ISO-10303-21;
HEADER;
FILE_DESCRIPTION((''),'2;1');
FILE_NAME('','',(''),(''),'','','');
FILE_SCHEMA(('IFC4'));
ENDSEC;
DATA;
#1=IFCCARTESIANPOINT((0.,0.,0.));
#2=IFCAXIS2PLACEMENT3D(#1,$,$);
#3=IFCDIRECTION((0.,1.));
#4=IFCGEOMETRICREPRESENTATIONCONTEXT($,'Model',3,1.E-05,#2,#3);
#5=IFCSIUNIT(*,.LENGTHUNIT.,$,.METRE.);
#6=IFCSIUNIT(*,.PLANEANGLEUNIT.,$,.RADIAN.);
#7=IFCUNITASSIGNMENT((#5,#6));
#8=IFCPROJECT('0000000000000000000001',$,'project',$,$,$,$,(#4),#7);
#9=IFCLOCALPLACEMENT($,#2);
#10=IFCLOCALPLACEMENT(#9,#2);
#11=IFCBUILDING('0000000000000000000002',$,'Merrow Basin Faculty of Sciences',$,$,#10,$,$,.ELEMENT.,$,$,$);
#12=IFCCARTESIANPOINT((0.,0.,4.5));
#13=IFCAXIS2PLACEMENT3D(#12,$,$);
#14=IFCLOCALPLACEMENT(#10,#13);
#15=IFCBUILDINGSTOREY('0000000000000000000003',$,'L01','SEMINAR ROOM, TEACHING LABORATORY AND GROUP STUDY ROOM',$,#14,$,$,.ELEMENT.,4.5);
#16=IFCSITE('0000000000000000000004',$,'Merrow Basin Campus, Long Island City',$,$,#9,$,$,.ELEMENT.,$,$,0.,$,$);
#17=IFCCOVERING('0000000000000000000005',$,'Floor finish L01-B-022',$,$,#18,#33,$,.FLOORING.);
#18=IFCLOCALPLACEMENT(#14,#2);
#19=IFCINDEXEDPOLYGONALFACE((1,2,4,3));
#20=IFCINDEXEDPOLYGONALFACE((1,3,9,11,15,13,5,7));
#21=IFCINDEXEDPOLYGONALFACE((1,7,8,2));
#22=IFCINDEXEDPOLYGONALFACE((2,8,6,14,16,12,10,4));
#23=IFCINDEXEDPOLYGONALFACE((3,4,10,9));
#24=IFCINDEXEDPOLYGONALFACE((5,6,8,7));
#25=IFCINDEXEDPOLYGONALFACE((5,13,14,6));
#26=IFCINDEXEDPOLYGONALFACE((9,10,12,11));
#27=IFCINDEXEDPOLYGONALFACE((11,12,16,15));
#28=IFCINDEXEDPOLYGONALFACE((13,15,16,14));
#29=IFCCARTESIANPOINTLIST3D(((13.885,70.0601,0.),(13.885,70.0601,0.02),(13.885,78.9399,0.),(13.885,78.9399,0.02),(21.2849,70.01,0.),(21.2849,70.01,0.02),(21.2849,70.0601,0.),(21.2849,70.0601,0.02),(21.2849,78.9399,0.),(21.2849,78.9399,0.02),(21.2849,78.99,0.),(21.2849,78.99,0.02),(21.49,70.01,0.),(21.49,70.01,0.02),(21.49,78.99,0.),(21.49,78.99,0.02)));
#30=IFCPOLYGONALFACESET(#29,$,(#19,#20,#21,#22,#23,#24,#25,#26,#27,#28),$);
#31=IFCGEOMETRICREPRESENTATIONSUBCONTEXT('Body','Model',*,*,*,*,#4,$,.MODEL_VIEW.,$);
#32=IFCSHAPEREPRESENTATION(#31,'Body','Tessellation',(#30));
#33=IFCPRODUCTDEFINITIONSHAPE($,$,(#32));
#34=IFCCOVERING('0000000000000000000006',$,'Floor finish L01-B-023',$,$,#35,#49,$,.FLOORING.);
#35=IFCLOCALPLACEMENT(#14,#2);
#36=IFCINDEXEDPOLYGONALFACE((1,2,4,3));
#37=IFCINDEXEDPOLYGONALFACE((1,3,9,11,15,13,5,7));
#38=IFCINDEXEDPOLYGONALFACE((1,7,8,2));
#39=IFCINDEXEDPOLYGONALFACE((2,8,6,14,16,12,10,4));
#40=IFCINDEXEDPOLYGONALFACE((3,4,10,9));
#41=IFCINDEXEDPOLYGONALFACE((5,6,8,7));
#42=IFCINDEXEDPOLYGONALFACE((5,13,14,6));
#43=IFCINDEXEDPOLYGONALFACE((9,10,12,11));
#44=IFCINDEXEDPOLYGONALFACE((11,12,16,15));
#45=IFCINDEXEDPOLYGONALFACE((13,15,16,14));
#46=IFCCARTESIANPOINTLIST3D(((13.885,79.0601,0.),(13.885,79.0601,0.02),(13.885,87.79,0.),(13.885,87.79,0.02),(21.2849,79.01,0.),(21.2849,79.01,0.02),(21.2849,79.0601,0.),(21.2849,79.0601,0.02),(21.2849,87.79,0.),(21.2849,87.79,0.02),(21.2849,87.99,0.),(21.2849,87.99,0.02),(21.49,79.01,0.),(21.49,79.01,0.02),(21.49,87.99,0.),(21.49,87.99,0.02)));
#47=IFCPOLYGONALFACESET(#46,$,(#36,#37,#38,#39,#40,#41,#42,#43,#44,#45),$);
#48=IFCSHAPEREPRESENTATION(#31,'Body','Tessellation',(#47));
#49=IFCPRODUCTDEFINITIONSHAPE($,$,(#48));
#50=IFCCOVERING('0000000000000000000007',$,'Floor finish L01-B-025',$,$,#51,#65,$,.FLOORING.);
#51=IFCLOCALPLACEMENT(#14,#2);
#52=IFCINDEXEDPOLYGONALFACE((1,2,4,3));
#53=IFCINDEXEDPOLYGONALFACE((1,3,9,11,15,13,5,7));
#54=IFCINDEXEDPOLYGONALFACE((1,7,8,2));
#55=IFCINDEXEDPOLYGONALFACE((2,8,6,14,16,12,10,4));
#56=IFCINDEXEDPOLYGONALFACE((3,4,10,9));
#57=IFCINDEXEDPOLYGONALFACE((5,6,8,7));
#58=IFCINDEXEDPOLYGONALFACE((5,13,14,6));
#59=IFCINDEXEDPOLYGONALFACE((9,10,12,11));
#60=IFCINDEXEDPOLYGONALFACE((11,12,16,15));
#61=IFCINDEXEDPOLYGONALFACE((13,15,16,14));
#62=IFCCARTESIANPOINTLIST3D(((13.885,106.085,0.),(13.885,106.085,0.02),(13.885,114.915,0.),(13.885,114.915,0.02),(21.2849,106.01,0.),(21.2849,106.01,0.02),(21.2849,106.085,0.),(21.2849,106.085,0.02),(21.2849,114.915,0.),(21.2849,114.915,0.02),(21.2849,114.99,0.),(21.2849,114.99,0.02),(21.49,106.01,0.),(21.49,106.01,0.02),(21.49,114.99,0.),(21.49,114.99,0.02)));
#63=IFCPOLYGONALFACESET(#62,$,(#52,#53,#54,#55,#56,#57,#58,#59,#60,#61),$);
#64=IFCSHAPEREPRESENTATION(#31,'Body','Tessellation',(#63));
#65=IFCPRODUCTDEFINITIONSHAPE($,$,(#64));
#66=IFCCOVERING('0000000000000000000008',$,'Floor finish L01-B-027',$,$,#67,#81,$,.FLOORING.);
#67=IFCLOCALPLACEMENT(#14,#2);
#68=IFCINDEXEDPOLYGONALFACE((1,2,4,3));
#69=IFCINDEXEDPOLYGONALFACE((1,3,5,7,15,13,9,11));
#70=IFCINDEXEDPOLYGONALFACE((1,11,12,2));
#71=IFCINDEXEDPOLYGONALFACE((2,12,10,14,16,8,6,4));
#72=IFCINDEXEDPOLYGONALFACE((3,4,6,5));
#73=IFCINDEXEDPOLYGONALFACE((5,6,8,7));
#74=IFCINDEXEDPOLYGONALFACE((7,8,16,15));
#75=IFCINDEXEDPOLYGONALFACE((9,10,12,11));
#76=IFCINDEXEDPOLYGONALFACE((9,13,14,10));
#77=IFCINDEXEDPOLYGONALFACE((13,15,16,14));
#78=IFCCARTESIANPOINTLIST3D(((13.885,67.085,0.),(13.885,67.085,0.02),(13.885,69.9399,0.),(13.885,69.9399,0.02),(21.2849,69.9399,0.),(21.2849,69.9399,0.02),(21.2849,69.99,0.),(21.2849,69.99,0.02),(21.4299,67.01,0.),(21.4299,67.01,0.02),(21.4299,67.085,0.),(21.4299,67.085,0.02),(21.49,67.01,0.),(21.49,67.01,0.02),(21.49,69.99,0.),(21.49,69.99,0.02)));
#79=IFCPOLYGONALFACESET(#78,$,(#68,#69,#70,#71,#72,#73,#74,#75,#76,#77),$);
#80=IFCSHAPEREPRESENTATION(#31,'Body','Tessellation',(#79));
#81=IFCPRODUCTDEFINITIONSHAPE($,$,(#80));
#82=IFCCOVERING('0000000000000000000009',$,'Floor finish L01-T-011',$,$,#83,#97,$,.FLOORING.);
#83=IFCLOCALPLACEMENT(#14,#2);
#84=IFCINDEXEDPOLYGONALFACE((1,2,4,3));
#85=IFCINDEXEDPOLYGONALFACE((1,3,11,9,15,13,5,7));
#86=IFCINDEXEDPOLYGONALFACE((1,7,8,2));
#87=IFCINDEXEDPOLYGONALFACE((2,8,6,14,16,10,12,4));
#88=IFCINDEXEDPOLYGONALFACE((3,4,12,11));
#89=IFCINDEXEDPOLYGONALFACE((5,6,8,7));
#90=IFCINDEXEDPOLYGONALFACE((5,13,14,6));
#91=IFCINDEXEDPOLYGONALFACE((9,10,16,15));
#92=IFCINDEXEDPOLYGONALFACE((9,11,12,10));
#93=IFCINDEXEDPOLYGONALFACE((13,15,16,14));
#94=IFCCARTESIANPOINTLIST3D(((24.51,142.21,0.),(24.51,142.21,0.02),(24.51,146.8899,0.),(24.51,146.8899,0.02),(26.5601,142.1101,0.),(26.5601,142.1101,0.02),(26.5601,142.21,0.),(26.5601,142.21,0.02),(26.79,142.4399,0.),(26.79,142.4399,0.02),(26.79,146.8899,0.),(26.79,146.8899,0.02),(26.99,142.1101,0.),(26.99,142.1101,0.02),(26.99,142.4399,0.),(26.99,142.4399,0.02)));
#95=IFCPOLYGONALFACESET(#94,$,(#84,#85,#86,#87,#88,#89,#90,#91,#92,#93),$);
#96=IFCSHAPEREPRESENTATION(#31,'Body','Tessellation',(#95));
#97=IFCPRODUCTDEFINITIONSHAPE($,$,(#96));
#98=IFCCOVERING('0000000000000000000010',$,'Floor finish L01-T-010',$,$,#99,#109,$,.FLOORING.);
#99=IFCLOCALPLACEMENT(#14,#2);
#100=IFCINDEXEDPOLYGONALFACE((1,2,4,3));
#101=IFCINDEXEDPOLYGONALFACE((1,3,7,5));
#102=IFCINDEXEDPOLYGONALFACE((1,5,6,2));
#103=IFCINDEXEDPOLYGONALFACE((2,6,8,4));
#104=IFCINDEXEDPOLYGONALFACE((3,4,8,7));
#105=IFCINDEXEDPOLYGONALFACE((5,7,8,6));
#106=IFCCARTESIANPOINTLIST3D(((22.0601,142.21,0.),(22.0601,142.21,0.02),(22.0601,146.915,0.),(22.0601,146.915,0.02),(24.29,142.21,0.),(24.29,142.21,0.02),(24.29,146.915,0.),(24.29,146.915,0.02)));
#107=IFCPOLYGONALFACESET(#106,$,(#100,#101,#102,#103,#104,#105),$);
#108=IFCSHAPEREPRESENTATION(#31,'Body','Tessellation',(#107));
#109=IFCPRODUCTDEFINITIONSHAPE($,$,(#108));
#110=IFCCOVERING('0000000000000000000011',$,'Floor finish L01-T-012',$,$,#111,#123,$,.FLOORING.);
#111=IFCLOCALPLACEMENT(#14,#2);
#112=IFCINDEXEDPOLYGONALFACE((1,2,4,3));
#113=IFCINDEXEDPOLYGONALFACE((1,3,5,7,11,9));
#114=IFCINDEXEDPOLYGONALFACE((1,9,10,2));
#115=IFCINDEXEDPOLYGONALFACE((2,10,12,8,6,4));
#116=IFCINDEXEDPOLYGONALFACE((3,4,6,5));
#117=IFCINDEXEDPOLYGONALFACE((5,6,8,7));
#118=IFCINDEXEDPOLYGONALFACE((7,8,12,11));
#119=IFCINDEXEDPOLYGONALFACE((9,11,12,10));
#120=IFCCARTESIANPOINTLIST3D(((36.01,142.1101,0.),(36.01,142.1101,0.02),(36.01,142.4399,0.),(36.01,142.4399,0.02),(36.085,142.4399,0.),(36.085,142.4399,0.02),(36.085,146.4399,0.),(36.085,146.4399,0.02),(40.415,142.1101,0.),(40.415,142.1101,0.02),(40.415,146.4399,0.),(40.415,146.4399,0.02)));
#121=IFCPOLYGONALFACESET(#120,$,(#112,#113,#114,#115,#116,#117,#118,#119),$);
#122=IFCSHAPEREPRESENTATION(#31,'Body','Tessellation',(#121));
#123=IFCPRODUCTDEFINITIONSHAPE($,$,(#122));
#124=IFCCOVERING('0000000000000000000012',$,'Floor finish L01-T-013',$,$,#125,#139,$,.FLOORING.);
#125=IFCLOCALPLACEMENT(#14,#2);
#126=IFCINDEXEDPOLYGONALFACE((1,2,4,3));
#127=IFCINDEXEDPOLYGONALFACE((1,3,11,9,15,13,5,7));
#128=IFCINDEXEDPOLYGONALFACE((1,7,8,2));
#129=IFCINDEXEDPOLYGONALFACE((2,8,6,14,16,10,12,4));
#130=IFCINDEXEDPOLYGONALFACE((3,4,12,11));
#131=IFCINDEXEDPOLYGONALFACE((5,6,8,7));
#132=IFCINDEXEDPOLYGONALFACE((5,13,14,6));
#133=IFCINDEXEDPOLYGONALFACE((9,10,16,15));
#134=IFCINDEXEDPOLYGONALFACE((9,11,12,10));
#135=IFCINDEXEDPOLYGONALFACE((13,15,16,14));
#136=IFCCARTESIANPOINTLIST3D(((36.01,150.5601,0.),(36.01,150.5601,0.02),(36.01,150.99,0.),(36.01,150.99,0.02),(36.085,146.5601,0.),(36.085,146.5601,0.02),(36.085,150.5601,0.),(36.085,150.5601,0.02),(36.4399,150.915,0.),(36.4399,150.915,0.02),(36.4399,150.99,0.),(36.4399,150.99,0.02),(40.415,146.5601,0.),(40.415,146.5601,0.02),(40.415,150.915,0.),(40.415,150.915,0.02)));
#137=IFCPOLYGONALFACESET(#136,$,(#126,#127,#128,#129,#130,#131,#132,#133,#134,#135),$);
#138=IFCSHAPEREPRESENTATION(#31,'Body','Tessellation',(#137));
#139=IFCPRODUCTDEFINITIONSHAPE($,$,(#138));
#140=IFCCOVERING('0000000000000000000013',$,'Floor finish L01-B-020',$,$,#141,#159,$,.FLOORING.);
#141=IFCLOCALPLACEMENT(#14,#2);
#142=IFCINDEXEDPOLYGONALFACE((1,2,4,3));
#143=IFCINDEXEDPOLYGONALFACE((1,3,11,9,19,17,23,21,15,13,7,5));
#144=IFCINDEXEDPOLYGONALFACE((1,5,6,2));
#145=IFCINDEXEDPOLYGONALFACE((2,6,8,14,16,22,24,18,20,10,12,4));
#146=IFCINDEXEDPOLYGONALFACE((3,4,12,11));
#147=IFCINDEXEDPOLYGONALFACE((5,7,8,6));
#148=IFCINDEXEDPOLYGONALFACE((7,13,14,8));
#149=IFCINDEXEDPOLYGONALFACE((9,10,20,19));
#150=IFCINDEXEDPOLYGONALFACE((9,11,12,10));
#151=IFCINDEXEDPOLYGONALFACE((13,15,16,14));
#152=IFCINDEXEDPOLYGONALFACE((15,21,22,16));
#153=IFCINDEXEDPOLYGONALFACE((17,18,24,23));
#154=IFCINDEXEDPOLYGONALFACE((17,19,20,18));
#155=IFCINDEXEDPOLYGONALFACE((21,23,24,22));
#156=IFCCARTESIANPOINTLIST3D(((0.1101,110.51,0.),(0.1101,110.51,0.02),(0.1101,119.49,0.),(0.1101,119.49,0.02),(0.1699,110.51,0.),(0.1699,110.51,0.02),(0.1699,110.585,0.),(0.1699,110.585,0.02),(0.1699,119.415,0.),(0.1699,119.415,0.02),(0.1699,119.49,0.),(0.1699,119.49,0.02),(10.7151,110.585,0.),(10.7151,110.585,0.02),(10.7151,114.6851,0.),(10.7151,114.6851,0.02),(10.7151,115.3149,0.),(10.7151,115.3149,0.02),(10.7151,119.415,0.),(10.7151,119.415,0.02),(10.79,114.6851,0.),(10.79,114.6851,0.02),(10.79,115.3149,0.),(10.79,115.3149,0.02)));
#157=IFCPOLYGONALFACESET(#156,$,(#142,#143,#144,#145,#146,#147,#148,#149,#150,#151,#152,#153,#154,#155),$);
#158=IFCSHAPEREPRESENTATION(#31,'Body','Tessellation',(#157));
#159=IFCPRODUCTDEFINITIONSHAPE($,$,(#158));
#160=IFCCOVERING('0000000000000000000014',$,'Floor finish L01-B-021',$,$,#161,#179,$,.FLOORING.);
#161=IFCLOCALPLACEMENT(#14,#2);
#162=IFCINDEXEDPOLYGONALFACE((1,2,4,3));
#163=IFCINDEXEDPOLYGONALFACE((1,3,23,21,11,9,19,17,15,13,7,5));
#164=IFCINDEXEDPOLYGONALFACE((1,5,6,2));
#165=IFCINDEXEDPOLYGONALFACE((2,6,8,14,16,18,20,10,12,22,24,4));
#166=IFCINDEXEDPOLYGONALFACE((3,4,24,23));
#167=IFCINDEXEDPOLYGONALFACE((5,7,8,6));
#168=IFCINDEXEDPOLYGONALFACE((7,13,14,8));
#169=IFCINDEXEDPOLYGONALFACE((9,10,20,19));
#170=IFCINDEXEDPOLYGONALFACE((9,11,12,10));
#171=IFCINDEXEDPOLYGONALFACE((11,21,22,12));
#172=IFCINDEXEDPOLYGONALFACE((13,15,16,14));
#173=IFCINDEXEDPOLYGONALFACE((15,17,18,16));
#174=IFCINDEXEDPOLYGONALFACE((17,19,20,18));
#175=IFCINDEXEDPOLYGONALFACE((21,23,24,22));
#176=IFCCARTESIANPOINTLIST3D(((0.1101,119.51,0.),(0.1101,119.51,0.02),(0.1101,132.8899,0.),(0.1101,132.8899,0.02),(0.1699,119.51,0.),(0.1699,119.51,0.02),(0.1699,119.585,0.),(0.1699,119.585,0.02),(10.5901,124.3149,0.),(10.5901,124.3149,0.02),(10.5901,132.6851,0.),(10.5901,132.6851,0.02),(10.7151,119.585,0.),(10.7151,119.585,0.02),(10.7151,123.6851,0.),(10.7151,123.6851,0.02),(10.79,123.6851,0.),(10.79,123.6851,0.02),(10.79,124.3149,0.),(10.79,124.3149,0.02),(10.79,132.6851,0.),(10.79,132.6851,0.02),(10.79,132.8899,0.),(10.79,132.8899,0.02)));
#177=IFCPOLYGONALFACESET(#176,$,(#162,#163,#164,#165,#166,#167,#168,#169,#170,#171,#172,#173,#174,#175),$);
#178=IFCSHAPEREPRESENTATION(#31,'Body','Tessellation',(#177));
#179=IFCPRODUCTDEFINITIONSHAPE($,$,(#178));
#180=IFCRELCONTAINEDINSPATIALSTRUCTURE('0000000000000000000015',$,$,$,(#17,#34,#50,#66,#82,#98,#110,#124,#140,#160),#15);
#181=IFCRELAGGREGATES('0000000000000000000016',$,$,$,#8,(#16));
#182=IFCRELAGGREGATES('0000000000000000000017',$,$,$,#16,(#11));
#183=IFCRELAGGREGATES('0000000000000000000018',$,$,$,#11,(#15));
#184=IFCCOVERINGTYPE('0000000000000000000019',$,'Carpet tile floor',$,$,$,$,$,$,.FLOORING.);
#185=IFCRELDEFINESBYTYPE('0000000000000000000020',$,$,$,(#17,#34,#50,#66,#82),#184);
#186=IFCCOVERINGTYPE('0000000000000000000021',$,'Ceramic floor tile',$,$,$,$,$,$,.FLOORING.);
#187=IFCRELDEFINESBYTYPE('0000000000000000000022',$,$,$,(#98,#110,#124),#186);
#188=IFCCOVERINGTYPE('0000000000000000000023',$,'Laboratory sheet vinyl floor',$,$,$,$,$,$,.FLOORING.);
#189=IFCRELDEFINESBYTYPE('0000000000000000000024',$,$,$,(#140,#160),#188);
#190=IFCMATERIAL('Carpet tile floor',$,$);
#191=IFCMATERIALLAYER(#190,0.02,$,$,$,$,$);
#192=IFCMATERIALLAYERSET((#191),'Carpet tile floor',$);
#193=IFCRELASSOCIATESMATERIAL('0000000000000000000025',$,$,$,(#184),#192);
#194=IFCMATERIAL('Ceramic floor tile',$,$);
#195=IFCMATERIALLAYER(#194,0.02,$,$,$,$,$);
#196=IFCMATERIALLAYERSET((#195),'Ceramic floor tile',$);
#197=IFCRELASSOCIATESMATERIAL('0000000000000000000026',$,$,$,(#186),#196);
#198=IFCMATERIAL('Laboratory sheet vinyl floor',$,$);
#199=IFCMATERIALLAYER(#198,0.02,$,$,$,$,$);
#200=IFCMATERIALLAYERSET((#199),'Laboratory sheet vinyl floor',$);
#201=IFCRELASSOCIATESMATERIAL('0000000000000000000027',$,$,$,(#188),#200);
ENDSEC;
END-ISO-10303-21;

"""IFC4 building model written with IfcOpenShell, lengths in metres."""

from ifc_helpers import new_model, si_unit, direction, frame, origin, place, context, subcontext, project, spatial, polyline, outline, extrude, material, layer, layer_set, type_object, element, save


model = new_model("IFC4")

# Units and contexts
model_context = context("Model", 3, precision=1e-05, world=origin(), true_north=direction((0.0, 1.0)))
body_context = subcontext(model_context, "Body", "Model", "MODEL_VIEW")
ifc_project = project(units=[si_unit("LENGTHUNIT", "METRE"), si_unit("PLANEANGLEUNIT", "RADIAN")], contexts=[model_context])

# Site, building, storey
site_placement = place(None, origin())
site = spatial("IfcSite", under=ifc_project, at=site_placement, Name="Merrow Basin Campus, Long Island City", CompositionType="ELEMENT", RefElevation=0.0)
building_placement = place(site_placement, origin())
building = spatial("IfcBuilding", under=site, at=building_placement, Name="Merrow Basin Faculty of Sciences", CompositionType="ELEMENT")
storey_placement = place(building_placement, frame((0.0, 0.0, 4.5)))
storey = spatial("IfcBuildingStorey", under=building, at=storey_placement, Name="L01", Description="SEMINAR ROOM, TEACHING LABORATORY AND GROUP STUDY ROOM", CompositionType="ELEMENT", Elevation=4.5)

# Coverings
ifc_material_1 = material(Name="Carpet tile floor")
ifc_layer_1 = layer(ifc_material_1, 0.02)
ifc_layer_set_1 = layer_set([ifc_layer_1], Name="Carpet tile floor")
covering_type_1 = type_object("IfcCoveringType", Name="Carpet tile floor", PredefinedType="FLOORING", material=ifc_layer_set_1)
covering_1_placement = place(storey_placement, origin())
element("IfcCovering", 1, at=covering_1_placement, inside=storey, type_object=covering_type_1, Name="Floor finish L01-B-022", PredefinedType="FLOORING", context=body_context, shape_type="SweptSolid", body=[
    extrude(outline(polyline([(21.49, 78.99), (21.49, 70.01), (21.2849, 70.01), (21.2849, 70.0601), (13.885, 70.0601), (13.885, 78.9399), (21.2849, 78.9399), (21.2849, 78.99), (21.49, 78.99)])), origin(), (0.0, 0.0, 1.0), 0.02),
])
covering_2_placement = place(storey_placement, origin())
element("IfcCovering", 2, at=covering_2_placement, inside=storey, type_object=covering_type_1, Name="Floor finish L01-B-023", PredefinedType="FLOORING", context=body_context, shape_type="SweptSolid", body=[
    extrude(outline(polyline([(21.49, 87.99), (21.49, 79.01), (21.2849, 79.01), (21.2849, 79.0601), (13.885, 79.0601), (13.885, 87.79), (21.2849, 87.79), (21.2849, 87.99), (21.49, 87.99)])), origin(), (0.0, 0.0, 1.0), 0.02),
])
covering_3_placement = place(storey_placement, origin())
element("IfcCovering", 3, at=covering_3_placement, inside=storey, type_object=covering_type_1, Name="Floor finish L01-B-025", PredefinedType="FLOORING", context=body_context, shape_type="SweptSolid", body=[
    extrude(outline(polyline([(21.49, 114.99), (21.49, 106.01), (21.2849, 106.01), (21.2849, 106.085), (13.885, 106.085), (13.885, 114.915), (21.2849, 114.915), (21.2849, 114.99), (21.49, 114.99)])), origin(), (0.0, 0.0, 1.0), 0.02),
])
covering_4_placement = place(storey_placement, origin())
element("IfcCovering", 4, at=covering_4_placement, inside=storey, type_object=covering_type_1, Name="Floor finish L01-B-027", PredefinedType="FLOORING", context=body_context, shape_type="SweptSolid", body=[
    extrude(outline(polyline([(21.49, 69.99), (21.49, 67.01), (21.4299, 67.01), (21.4299, 67.085), (13.885, 67.085), (13.885, 69.9399), (21.2849, 69.9399), (21.2849, 69.99), (21.49, 69.99)])), origin(), (0.0, 0.0, 1.0), 0.02),
])
covering_5_placement = place(storey_placement, origin())
element("IfcCovering", 5, at=covering_5_placement, inside=storey, type_object=covering_type_1, Name="Floor finish L01-T-011", PredefinedType="FLOORING", context=body_context, shape_type="SweptSolid", body=[
    extrude(outline(polyline([(26.99, 142.1101), (26.5601, 142.1101), (26.5601, 142.21), (24.51, 142.21), (24.51, 146.8899), (26.79, 146.8899), (26.79, 142.4399), (26.99, 142.4399), (26.99, 142.1101)])), origin(), (0.0, 0.0, 1.0), 0.02),
])
ifc_material_2 = material(Name="Ceramic floor tile")
ifc_layer_2 = layer(ifc_material_2, 0.02)
ifc_layer_set_2 = layer_set([ifc_layer_2], Name="Ceramic floor tile")
covering_type_2 = type_object("IfcCoveringType", Name="Ceramic floor tile", PredefinedType="FLOORING", material=ifc_layer_set_2)
covering_6_placement = place(storey_placement, origin())
element("IfcCovering", 6, at=covering_6_placement, inside=storey, type_object=covering_type_2, Name="Floor finish L01-T-010", PredefinedType="FLOORING", context=body_context, shape_type="SweptSolid", body=[
    extrude(outline(polyline([(24.29, 146.915), (24.29, 142.21), (22.0601, 142.21), (22.0601, 146.915), (24.29, 146.915)])), origin(), (0.0, 0.0, 1.0), 0.02),
])
covering_7_placement = place(storey_placement, origin())
element("IfcCovering", 7, at=covering_7_placement, inside=storey, type_object=covering_type_2, Name="Floor finish L01-T-012", PredefinedType="FLOORING", context=body_context, shape_type="SweptSolid", body=[
    extrude(outline(polyline([(36.01, 142.1101), (36.01, 142.4399), (36.085, 142.4399), (36.085, 146.4399), (40.415, 146.4399), (40.415, 142.1101), (36.01, 142.1101)])), origin(), (0.0, 0.0, 1.0), 0.02),
])
covering_8_placement = place(storey_placement, origin())
element("IfcCovering", 8, at=covering_8_placement, inside=storey, type_object=covering_type_2, Name="Floor finish L01-T-013", PredefinedType="FLOORING", context=body_context, shape_type="SweptSolid", body=[
    extrude(outline(polyline([(36.01, 150.99), (36.4399, 150.99), (36.4399, 150.915), (40.415, 150.915), (40.415, 146.5601), (36.085, 146.5601), (36.085, 150.5601), (36.01, 150.5601), (36.01, 150.99)])), origin(), (0.0, 0.0, 1.0), 0.02),
])
ifc_material_3 = material(Name="Laboratory sheet vinyl floor")
ifc_layer_3 = layer(ifc_material_3, 0.02)
ifc_layer_set_3 = layer_set([ifc_layer_3], Name="Laboratory sheet vinyl floor")
covering_type_3 = type_object("IfcCoveringType", Name="Laboratory sheet vinyl floor", PredefinedType="FLOORING", material=ifc_layer_set_3)
covering_9_placement = place(storey_placement, origin())
element("IfcCovering", 9, at=covering_9_placement, inside=storey, type_object=covering_type_3, Name="Floor finish L01-B-020", PredefinedType="FLOORING", context=body_context, shape_type="SweptSolid", body=[
    extrude(outline(polyline([(10.7151, 119.415), (10.7151, 115.3149), (10.79, 115.3149), (10.79, 114.6851), (10.7151, 114.6851), (10.7151, 110.585), (0.1699, 110.585), (0.1699, 110.51), (0.1101, 110.51), (0.1101, 119.49), (0.1699, 119.49), (0.1699, 119.415), (10.7151, 119.415)])), origin(), (0.0, 0.0, 1.0), 0.02),
])
covering_10_placement = place(storey_placement, origin())
element("IfcCovering", 10, at=covering_10_placement, inside=storey, type_object=covering_type_3, Name="Floor finish L01-B-021", PredefinedType="FLOORING", context=body_context, shape_type="SweptSolid", body=[
    extrude(outline(polyline([(10.7151, 119.585), (0.1699, 119.585), (0.1699, 119.51), (0.1101, 119.51), (0.1101, 132.8899), (10.79, 132.8899), (10.79, 132.6851), (10.5901, 132.6851), (10.5901, 124.3149), (10.79, 124.3149), (10.79, 123.6851), (10.7151, 123.6851), (10.7151, 119.585)])), origin(), (0.0, 0.0, 1.0), 0.02),
])

save(model, "model.ifc")
